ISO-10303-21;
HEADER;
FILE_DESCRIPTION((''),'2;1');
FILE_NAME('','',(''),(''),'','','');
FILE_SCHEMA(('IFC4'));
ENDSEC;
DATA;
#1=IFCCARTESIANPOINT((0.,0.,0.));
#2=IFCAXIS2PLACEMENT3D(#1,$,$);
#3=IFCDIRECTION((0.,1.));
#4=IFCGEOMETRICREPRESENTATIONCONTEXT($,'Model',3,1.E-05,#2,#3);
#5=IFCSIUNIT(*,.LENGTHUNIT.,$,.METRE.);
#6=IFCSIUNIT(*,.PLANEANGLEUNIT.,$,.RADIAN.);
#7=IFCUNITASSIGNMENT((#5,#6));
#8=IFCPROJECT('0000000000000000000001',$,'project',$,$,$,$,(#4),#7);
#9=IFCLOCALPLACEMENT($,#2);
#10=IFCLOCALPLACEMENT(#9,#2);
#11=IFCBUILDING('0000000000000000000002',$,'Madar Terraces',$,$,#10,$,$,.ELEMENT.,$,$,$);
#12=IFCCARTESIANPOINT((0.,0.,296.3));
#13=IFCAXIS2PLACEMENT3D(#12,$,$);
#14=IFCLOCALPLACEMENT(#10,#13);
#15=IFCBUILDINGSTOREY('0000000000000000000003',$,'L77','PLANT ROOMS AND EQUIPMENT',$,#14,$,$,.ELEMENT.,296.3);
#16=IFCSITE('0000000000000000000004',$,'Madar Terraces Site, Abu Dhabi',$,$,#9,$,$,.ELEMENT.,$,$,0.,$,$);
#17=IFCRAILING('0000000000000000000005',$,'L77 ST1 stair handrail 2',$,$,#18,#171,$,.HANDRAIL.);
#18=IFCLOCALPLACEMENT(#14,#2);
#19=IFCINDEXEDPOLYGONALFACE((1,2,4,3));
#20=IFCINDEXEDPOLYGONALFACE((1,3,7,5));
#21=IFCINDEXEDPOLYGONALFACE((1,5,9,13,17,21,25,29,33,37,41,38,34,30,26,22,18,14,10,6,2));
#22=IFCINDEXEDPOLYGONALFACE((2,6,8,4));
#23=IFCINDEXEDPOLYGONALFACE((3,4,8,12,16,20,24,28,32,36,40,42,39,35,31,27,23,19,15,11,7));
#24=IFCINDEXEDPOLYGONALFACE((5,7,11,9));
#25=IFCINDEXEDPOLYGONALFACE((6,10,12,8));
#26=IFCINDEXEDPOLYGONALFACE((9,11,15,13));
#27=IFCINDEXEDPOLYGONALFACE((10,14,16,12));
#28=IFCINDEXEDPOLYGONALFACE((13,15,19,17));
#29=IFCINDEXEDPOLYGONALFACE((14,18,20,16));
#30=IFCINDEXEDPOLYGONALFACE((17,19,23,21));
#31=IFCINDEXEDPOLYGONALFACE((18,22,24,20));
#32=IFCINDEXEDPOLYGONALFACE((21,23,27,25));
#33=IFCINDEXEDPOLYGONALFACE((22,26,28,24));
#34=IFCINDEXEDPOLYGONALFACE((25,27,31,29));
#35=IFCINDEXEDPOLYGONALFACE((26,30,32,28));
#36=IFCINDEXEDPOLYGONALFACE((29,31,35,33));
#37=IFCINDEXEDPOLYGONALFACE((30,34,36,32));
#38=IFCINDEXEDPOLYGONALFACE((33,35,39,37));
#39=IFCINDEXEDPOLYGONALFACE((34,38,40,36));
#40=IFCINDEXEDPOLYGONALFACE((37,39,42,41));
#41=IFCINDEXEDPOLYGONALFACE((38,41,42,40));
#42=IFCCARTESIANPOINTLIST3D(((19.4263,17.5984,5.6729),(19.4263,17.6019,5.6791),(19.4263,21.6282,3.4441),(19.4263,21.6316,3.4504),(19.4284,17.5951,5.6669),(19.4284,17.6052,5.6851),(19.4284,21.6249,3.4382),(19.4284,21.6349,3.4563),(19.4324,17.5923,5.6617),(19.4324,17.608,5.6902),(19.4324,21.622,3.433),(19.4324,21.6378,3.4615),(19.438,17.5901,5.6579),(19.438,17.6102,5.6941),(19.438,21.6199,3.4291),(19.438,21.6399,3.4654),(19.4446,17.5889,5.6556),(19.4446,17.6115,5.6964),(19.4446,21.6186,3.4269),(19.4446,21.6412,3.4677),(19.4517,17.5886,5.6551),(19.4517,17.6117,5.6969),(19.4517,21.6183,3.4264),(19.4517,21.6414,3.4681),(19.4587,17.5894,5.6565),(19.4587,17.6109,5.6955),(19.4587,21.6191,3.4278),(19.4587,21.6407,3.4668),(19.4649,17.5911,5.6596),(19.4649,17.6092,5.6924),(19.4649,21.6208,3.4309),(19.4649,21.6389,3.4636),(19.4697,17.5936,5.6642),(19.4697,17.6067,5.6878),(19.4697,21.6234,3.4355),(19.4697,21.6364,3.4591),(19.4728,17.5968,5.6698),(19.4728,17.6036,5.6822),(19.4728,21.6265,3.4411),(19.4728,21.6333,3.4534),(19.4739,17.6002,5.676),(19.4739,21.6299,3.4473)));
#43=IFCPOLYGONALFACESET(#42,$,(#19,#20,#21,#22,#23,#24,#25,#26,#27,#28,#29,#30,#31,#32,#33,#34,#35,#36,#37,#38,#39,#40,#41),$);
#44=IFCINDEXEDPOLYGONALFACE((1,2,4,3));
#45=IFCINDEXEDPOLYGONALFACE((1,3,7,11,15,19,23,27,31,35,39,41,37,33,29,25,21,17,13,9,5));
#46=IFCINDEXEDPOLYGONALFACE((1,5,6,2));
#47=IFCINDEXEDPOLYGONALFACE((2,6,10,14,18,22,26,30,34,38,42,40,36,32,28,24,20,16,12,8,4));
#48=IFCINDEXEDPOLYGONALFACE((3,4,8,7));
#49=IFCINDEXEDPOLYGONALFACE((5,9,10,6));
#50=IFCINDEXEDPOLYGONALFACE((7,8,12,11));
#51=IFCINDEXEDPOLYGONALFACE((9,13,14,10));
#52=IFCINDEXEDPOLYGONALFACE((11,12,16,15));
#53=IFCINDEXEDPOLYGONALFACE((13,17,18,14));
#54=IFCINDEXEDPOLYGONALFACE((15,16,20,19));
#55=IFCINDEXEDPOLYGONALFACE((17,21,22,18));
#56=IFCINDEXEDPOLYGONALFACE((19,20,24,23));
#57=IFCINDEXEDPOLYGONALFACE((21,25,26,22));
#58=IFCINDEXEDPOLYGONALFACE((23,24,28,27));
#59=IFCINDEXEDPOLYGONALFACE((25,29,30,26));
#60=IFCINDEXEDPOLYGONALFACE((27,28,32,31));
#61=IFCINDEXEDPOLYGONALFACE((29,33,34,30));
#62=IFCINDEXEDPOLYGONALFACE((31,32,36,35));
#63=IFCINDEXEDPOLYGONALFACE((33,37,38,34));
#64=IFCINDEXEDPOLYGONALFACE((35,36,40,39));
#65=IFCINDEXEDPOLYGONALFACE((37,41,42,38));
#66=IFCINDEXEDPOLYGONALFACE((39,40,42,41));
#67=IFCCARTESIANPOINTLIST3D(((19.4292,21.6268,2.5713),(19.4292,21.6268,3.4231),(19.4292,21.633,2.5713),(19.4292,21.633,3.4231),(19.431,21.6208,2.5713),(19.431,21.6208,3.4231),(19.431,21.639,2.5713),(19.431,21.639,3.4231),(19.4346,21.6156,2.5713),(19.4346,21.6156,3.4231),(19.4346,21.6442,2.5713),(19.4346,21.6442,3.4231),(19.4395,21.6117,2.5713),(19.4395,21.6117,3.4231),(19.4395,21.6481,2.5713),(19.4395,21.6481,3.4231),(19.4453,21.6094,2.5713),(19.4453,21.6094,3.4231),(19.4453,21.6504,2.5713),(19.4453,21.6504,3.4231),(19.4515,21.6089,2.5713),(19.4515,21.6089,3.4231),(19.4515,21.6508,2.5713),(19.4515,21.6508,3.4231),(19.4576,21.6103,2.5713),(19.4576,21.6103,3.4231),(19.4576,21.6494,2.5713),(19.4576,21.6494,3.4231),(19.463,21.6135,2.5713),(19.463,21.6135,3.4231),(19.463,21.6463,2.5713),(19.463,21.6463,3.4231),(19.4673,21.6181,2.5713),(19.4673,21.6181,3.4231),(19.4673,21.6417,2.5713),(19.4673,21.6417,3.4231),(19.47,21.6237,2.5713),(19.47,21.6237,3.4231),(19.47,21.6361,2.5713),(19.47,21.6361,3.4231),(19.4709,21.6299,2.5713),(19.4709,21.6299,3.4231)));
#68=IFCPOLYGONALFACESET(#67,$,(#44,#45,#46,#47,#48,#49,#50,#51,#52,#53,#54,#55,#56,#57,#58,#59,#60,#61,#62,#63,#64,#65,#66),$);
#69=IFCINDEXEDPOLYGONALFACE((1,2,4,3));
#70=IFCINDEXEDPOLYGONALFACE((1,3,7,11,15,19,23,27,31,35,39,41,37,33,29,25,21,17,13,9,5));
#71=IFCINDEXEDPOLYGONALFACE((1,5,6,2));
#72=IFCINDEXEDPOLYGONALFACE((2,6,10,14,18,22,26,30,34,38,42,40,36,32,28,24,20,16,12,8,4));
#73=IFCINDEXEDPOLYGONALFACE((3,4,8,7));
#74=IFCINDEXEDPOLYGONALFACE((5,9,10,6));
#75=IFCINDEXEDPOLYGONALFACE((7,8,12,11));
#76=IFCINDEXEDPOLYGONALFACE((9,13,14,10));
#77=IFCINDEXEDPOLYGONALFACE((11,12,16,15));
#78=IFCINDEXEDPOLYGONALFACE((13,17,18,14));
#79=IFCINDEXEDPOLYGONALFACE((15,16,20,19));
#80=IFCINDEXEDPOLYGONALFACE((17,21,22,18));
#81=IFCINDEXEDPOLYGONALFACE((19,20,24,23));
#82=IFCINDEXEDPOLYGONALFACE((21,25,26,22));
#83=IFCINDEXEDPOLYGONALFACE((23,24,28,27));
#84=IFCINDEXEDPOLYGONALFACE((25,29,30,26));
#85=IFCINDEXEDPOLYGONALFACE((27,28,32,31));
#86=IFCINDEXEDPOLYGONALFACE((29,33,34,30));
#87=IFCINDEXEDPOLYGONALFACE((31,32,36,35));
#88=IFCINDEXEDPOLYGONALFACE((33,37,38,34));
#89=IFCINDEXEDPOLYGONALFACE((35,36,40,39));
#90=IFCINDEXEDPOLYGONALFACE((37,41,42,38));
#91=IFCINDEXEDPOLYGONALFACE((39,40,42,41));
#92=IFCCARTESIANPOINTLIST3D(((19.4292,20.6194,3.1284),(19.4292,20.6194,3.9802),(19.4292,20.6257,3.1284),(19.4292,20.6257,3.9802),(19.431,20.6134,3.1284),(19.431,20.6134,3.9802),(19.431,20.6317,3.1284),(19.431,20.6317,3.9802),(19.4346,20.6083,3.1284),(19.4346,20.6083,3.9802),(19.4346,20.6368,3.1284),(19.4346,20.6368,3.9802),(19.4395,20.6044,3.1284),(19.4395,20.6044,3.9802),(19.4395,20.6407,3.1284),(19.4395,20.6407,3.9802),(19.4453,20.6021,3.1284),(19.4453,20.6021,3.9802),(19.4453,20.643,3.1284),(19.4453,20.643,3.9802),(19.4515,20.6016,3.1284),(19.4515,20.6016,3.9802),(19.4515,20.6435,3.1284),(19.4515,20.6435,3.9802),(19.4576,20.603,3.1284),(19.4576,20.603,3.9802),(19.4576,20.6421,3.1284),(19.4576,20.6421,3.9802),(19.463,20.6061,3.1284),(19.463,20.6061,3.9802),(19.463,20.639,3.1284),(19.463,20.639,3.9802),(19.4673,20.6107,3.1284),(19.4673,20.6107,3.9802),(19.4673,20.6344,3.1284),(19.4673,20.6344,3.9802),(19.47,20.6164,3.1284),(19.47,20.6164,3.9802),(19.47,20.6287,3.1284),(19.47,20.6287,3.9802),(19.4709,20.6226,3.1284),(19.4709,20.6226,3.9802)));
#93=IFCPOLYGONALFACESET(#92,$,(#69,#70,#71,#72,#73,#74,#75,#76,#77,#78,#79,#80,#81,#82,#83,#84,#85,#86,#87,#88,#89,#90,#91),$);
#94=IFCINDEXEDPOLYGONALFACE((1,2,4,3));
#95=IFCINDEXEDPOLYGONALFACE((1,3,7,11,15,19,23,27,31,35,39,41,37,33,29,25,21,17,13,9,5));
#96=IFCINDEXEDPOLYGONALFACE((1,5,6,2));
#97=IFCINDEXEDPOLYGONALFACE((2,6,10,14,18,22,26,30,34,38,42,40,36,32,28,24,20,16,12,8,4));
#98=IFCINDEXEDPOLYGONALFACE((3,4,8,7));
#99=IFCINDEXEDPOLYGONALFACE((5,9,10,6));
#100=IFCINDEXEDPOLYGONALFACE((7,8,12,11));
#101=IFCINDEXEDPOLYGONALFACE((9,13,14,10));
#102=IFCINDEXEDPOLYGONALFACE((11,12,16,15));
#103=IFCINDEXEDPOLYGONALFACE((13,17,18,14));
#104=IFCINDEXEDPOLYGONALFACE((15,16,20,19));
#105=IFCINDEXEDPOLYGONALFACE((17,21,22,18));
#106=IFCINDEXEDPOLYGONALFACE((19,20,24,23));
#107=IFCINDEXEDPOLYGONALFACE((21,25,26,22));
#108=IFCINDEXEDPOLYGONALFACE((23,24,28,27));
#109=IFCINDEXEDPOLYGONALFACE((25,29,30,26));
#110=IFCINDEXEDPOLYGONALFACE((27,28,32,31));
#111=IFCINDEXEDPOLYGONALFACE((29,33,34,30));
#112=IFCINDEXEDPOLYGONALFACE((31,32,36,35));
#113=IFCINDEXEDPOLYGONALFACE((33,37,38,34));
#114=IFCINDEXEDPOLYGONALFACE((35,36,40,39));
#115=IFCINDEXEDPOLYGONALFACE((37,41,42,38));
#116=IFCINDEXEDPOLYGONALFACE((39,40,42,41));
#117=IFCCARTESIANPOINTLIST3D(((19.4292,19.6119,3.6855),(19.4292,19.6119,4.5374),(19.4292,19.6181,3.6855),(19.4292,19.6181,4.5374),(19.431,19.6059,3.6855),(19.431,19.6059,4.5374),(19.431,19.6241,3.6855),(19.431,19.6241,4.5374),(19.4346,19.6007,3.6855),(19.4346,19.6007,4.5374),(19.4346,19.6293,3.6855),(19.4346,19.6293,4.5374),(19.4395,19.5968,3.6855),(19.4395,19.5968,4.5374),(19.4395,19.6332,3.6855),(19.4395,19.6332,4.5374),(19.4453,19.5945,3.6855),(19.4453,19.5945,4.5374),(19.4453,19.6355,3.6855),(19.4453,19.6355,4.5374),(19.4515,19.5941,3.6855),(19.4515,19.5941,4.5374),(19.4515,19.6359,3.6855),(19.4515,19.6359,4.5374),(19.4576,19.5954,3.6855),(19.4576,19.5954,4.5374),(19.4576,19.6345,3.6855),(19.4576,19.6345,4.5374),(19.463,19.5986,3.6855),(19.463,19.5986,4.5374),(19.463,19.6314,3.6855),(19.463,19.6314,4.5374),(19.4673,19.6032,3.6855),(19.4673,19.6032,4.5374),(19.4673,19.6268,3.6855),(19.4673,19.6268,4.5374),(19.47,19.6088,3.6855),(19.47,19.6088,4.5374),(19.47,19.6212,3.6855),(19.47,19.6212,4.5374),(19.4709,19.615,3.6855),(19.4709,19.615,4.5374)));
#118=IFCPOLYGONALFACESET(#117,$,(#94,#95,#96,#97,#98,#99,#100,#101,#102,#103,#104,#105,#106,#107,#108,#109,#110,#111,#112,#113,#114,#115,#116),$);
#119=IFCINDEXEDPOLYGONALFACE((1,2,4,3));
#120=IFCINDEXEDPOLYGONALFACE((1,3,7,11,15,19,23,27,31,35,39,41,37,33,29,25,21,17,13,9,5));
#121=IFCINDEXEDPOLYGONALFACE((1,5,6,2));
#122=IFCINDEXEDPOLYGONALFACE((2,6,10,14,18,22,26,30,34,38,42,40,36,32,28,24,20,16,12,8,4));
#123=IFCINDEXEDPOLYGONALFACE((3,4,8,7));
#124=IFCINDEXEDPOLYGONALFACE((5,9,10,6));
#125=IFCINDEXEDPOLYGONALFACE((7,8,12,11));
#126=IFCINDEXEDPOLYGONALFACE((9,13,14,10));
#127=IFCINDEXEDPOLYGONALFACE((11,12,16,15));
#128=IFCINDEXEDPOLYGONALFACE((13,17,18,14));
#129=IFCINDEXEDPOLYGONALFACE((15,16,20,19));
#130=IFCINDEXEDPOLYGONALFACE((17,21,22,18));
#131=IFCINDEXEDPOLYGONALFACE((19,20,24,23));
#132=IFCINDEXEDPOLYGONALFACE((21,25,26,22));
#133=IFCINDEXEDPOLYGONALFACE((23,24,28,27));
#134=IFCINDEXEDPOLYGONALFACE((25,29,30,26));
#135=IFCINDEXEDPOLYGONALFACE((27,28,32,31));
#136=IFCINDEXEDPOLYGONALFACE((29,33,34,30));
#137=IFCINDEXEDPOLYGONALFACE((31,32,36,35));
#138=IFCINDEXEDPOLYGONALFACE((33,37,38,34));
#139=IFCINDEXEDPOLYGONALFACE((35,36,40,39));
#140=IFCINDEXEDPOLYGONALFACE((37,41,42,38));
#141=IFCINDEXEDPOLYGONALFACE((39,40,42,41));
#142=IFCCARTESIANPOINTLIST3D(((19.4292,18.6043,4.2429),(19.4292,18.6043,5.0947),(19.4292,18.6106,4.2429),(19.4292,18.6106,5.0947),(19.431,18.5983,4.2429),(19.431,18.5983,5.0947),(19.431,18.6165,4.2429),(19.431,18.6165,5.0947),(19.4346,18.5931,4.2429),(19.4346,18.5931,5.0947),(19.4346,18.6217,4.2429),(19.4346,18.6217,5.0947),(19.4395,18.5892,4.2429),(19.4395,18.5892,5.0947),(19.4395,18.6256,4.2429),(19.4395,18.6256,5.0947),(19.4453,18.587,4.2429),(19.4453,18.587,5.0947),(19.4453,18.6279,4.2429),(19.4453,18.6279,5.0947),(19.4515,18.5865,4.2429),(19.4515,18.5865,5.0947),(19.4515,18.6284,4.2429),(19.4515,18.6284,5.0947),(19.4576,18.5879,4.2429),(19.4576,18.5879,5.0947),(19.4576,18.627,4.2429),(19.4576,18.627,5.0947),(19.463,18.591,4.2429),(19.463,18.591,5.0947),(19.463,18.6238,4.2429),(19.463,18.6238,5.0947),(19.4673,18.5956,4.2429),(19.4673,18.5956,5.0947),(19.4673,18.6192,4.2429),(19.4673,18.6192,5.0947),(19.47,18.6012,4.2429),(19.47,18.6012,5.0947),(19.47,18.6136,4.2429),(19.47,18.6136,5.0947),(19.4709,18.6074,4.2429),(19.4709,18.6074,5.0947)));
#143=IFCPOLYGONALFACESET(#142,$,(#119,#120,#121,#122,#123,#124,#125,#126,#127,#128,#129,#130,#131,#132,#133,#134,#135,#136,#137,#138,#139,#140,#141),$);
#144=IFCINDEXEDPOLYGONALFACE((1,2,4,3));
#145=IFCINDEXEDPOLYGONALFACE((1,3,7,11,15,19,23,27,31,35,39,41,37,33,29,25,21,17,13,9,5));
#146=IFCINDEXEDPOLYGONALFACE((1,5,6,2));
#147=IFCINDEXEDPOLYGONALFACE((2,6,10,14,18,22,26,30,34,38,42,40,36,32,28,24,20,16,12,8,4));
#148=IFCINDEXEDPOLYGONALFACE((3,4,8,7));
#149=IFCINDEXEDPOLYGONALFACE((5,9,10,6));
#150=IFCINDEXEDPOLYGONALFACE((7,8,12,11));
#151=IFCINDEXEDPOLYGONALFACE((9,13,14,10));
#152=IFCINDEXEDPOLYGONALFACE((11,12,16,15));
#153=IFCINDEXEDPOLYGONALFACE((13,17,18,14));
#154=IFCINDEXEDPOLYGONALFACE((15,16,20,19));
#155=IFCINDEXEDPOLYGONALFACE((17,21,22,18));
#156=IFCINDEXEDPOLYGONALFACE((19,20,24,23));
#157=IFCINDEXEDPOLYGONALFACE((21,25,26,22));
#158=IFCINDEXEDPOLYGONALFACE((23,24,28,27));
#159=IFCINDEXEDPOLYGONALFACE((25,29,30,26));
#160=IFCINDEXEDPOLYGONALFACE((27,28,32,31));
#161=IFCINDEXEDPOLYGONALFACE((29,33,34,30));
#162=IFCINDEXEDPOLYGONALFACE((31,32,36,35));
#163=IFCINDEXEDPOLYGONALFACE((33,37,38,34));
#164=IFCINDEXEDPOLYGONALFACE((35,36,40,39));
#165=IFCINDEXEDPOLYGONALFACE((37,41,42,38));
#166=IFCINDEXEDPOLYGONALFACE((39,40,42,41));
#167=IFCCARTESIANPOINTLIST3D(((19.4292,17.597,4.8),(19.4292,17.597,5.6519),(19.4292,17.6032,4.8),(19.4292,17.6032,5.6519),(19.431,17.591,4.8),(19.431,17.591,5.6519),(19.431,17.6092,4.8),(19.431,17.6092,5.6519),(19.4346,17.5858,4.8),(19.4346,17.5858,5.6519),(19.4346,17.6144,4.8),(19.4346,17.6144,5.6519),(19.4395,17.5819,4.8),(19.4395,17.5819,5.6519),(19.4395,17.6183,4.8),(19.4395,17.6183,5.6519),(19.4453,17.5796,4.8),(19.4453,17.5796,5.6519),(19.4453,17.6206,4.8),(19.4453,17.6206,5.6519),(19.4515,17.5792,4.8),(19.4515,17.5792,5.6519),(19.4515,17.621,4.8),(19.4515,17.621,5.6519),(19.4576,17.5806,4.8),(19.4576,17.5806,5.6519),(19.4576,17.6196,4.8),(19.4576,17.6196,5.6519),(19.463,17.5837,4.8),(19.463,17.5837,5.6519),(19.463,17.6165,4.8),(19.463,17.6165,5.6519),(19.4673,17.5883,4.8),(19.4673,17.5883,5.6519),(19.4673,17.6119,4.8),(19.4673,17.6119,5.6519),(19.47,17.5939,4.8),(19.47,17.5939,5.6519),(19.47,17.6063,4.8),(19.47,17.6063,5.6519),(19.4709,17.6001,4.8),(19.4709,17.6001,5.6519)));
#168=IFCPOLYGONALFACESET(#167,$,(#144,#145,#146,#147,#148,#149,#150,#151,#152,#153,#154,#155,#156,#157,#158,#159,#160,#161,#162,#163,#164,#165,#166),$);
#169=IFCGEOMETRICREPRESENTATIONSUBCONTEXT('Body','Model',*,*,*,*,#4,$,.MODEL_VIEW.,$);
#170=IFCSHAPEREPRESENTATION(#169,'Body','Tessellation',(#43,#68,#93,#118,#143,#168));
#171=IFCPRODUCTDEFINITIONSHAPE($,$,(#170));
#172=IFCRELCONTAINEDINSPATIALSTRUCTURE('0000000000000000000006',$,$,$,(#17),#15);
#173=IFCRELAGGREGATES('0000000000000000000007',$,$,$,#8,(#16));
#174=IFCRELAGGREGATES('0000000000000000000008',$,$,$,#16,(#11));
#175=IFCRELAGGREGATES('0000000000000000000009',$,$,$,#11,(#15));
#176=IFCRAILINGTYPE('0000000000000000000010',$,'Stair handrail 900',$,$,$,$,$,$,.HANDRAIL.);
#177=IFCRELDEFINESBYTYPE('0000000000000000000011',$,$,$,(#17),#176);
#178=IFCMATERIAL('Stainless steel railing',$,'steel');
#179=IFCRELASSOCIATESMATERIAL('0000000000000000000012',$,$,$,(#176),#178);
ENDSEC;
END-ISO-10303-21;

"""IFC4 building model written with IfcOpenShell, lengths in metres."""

from ifc_helpers import new_model, si_unit, direction, frame, origin, origin_2d, place, context, subcontext, project, spatial, circle, extrude, material, type_object, element, save


model = new_model("IFC4")

# Units and contexts
model_context = context("Model", 3, precision=1e-05, world=origin(), true_north=direction((0.0, 1.0)))
body_context = subcontext(model_context, "Body", "Model", "MODEL_VIEW")
ifc_project = project(units=[si_unit("LENGTHUNIT", "METRE"), si_unit("PLANEANGLEUNIT", "RADIAN")], contexts=[model_context])

# Site, building, storey
site_placement = place(None, origin())
site = spatial("IfcSite", under=ifc_project, at=site_placement, Name="Madar Terraces Site, Abu Dhabi", CompositionType="ELEMENT", RefElevation=0.0)
building_placement = place(site_placement, origin())
building = spatial("IfcBuilding", under=site, at=building_placement, Name="Madar Terraces", CompositionType="ELEMENT")
storey_placement = place(building_placement, frame((0.0, 0.0, 296.3)))
storey = spatial("IfcBuildingStorey", under=building, at=storey_placement, Name="L77", Description="PLANT ROOMS AND EQUIPMENT", CompositionType="ELEMENT", Elevation=296.3)

# Railing
ifc_material_1 = material(Name="Stainless steel railing", Category="steel")
railing_type_1 = type_object("IfcRailingType", Name="Stair handrail 900", PredefinedType="HANDRAIL", material=ifc_material_1)
railing_1_placement = place(storey_placement, frame((19.45, 21.6299, 2.5713)))
element("IfcRailing", 1, at=railing_1_placement, inside=storey, type_object=railing_type_1, Name="L77 ST1 stair handrail 2", PredefinedType="HANDRAIL", context=body_context, shape_type="SweptSolid", body=[
    extrude(circle(Radius=0.0239, at=origin_2d()), frame((0.0, 0.0, 0.876), z_axis=(0.0, -0.875078, 0.483981), x_axis=(1.0, 0.0, 0.0)), (0.0, 0.0, 1.0), 4.605),
    extrude(circle(Radius=0.021, at=origin_2d()), origin(), (0.0, 0.0, 1.0), 0.8518),
    extrude(circle(Radius=0.021, at=origin_2d()), frame((0.0, -1.0073, 0.5571)), (0.0, 0.0, 1.0), 0.8518),
    extrude(circle(Radius=0.021, at=origin_2d()), frame((0.0, -2.0149, 1.1143)), (0.0, 0.0, 1.0), 0.8518),
    extrude(circle(Radius=0.021, at=origin_2d()), frame((0.0, -3.0225, 1.6716)), (0.0, 0.0, 1.0), 0.8518),
    extrude(circle(Radius=0.021, at=origin_2d()), frame((0.0, -4.0298, 2.2288)), (0.0, 0.0, 1.0), 0.8518),
])

save(model, "model.ifc")
